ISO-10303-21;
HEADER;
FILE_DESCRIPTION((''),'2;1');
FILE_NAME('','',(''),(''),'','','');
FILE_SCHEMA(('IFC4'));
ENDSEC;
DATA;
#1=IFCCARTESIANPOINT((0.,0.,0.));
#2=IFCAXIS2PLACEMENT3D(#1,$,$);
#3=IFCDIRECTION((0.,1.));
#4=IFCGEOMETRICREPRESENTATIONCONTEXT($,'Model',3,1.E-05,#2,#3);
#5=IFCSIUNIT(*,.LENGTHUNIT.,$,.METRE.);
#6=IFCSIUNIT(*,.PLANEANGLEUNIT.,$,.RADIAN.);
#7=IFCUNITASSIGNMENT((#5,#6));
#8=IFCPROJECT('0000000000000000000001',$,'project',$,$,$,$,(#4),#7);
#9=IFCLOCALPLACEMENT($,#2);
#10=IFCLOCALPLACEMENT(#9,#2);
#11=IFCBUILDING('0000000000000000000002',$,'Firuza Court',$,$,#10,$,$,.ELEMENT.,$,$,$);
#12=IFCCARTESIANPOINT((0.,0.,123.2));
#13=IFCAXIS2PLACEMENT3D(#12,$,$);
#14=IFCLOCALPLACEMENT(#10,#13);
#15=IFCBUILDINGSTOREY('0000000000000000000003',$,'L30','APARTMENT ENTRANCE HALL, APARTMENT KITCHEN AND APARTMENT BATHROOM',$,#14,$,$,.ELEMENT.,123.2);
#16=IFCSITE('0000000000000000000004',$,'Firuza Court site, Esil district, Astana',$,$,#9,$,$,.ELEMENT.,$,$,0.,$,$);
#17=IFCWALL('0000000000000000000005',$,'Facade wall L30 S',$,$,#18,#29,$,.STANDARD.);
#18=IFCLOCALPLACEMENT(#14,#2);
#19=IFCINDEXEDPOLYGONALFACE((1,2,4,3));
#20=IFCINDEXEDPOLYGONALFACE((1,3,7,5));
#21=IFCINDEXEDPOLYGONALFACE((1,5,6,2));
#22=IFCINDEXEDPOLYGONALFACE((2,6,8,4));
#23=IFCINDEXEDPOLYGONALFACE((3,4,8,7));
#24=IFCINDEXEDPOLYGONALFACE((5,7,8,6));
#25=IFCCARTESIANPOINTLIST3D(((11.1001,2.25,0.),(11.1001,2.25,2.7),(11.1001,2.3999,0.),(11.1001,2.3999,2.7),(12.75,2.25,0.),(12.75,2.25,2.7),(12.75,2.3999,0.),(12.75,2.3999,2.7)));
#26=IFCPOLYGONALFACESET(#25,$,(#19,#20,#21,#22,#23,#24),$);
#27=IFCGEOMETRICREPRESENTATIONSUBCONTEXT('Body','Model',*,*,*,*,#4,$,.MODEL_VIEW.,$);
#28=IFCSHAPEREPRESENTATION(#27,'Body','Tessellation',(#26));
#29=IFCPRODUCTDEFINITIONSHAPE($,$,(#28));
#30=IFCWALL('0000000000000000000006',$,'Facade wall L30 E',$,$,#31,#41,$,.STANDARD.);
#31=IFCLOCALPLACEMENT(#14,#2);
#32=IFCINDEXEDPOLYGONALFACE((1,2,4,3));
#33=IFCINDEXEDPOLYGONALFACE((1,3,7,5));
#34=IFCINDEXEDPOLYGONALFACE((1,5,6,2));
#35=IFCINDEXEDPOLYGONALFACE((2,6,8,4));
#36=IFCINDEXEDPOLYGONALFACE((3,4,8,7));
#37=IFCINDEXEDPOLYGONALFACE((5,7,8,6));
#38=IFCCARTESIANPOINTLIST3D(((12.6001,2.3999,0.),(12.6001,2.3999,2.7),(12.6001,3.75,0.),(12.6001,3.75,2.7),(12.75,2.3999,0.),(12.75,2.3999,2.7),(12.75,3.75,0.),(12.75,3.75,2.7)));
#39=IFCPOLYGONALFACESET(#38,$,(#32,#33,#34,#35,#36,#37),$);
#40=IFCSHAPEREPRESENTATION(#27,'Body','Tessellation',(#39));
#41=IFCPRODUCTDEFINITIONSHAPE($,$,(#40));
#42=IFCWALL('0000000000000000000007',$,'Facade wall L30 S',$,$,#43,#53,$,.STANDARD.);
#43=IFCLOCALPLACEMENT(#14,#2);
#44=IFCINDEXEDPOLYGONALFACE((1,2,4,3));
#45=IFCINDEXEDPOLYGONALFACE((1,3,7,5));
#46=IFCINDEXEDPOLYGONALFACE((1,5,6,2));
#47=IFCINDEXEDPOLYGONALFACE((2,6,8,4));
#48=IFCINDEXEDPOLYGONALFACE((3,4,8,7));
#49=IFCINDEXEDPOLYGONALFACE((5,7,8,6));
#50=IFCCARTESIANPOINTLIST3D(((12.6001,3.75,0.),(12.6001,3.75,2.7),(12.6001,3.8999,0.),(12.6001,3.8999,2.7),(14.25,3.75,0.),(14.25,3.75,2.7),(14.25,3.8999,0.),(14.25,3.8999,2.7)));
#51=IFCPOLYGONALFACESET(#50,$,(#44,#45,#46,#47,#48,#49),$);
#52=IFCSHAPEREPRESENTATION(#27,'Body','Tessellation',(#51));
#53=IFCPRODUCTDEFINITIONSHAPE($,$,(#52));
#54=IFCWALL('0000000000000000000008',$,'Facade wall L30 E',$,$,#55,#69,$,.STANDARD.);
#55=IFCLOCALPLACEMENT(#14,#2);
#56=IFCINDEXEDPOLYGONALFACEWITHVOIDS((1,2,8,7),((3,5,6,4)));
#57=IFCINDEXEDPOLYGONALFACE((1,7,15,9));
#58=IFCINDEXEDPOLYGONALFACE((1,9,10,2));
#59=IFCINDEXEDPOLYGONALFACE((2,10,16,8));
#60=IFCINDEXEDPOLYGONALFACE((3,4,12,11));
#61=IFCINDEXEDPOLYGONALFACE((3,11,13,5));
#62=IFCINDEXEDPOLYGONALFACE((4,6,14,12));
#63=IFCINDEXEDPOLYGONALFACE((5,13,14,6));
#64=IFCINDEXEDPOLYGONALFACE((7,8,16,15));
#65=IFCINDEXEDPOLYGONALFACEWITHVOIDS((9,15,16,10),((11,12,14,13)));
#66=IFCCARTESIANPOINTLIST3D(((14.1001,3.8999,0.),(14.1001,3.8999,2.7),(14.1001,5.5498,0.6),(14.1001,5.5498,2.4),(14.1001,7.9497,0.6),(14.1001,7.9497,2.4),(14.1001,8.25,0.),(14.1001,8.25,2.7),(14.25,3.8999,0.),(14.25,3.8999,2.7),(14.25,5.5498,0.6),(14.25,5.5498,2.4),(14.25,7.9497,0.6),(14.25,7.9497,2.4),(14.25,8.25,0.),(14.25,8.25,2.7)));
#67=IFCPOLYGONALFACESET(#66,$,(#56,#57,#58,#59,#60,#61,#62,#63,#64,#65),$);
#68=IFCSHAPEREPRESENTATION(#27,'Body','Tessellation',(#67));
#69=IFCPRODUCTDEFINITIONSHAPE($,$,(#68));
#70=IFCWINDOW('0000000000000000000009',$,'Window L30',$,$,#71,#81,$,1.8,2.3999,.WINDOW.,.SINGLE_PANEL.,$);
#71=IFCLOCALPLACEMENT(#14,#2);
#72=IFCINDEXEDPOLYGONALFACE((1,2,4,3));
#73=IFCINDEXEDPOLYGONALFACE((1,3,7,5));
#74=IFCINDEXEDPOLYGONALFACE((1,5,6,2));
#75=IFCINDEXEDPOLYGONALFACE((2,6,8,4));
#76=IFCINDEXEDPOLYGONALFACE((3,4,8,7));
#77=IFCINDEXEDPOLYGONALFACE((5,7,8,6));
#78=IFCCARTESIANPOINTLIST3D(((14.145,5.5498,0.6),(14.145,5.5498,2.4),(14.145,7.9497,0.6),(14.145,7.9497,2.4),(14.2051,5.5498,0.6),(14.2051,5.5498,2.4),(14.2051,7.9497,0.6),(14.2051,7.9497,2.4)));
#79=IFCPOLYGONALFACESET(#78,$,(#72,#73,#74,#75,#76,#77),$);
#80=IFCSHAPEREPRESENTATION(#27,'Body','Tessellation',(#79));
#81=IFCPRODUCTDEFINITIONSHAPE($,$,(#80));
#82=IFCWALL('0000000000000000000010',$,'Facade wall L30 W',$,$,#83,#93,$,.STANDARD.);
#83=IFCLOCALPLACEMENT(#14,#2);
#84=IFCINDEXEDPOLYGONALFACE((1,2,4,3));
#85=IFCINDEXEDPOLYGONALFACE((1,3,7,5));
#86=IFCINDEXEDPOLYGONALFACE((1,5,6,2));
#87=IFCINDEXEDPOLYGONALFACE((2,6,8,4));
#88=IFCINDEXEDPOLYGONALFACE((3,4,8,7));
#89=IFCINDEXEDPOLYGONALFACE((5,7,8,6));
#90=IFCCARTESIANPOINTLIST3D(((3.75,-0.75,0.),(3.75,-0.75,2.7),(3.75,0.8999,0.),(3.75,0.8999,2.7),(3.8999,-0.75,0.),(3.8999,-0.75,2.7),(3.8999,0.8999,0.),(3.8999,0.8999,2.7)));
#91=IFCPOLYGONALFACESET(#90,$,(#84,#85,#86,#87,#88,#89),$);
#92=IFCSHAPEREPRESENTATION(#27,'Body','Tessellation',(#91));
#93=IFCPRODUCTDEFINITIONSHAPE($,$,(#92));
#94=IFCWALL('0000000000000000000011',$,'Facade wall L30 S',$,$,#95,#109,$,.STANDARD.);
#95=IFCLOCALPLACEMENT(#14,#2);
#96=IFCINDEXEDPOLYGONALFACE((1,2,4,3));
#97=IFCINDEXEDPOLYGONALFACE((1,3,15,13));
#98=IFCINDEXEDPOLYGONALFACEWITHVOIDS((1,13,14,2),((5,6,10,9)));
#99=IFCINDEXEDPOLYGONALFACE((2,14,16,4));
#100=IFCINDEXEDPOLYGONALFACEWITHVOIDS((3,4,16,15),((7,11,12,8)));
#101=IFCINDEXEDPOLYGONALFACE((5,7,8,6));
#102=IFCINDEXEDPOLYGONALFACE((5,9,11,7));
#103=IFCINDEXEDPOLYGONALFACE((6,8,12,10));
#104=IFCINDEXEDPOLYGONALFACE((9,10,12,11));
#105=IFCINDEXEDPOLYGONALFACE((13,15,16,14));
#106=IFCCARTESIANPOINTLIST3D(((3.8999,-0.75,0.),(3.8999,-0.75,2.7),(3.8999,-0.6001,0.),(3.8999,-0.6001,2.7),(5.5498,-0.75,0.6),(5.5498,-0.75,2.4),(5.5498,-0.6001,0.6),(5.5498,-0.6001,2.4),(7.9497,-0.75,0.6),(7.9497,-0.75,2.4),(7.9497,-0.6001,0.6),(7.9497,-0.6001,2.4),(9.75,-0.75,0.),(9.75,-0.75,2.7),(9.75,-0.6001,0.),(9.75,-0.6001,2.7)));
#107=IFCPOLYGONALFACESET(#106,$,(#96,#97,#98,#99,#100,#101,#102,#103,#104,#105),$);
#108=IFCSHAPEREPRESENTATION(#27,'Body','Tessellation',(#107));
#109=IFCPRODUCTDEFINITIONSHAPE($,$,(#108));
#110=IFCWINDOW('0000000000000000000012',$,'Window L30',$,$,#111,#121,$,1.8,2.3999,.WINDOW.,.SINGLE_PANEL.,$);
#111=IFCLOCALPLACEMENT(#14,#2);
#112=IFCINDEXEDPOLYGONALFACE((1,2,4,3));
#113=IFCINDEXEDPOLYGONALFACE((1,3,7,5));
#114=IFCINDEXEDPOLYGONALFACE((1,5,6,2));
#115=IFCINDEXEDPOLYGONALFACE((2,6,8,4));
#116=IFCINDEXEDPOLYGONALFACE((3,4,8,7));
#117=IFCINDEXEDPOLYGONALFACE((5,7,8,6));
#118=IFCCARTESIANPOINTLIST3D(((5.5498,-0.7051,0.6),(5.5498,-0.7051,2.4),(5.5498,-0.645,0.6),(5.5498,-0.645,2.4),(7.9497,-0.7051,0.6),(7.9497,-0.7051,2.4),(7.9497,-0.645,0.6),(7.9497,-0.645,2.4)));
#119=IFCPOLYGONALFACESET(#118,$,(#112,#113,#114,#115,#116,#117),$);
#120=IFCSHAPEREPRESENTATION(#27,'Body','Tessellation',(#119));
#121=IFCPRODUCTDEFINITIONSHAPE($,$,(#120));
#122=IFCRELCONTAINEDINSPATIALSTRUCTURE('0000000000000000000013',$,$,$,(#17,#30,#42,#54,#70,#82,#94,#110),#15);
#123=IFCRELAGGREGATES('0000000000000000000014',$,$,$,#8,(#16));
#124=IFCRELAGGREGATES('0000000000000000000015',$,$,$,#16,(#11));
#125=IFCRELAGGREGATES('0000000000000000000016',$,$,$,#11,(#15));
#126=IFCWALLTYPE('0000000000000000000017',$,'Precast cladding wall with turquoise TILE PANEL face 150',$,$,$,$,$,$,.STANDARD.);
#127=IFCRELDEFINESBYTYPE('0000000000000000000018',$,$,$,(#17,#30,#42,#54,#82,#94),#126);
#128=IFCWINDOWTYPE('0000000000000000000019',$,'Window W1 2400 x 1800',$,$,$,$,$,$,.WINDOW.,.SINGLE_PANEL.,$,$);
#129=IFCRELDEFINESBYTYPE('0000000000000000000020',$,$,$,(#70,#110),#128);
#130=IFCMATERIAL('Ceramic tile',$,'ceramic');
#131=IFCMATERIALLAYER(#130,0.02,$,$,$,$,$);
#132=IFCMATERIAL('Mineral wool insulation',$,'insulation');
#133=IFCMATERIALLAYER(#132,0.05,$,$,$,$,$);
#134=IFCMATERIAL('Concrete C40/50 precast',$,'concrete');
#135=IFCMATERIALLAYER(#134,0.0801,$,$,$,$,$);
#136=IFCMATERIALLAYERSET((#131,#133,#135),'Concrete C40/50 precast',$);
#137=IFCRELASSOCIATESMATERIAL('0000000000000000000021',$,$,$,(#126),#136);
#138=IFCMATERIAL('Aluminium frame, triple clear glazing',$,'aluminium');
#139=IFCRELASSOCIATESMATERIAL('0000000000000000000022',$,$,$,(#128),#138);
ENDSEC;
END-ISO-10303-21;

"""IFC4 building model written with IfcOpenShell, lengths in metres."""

from ifc_helpers import new_model, si_unit, direction, frame, frame_2d, origin, place, context, subcontext, project, spatial, rectangle, extrude, material, layer, layer_set, type_object, element, fill, save


model = new_model("IFC4")

# Units and contexts
model_context = context("Model", 3, precision=1e-05, world=origin(), true_north=direction((0.0, 1.0)))
body_context = subcontext(model_context, "Body", "Model", "MODEL_VIEW")
ifc_project = project(units=[si_unit("LENGTHUNIT", "METRE"), si_unit("PLANEANGLEUNIT", "RADIAN")], contexts=[model_context])

# Site, building, storey
site_placement = place(None, origin())
site = spatial("IfcSite", under=ifc_project, at=site_placement, Name="Firuza Court site, Esil district, Astana", CompositionType="ELEMENT", RefElevation=0.0)
building_placement = place(site_placement, origin())
building = spatial("IfcBuilding", under=site, at=building_placement, Name="Firuza Court", CompositionType="ELEMENT")
storey_placement = place(building_placement, frame((0.0, 0.0, 123.2)))
storey = spatial("IfcBuildingStorey", under=building, at=storey_placement, Name="L30", Description="APARTMENT ENTRANCE HALL, APARTMENT KITCHEN AND APARTMENT BATHROOM", CompositionType="ELEMENT", Elevation=123.2)

# Walls
ifc_material_1 = material(Name="Ceramic tile", Category="ceramic")
ifc_layer_1 = layer(ifc_material_1, 0.02)
ifc_material_2 = material(Name="Mineral wool insulation", Category="insulation")
ifc_layer_2 = layer(ifc_material_2, 0.05)
ifc_material_3 = material(Name="Concrete C40/50 precast", Category="concrete")
ifc_layer_3 = layer(ifc_material_3, 0.0801)
ifc_layer_set_1 = layer_set([ifc_layer_1, ifc_layer_2, ifc_layer_3], Name="Concrete C40/50 precast")
wall_type_1 = type_object("IfcWallType", Name="Precast cladding wall with turquoise TILE PANEL face 150", PredefinedType="STANDARD", material=ifc_layer_set_1)
wall_1_placement = place(storey_placement, frame((11.1001, 2.325, 0.0), z_axis=(0.0, 0.0, 1.0), x_axis=(1.0, 0.0, 0.0)))
element("IfcWall", 1, at=wall_1_placement, inside=storey, type_object=wall_type_1, Name="Facade wall L30 S", PredefinedType="STANDARD", context=body_context, shape_type="SweptSolid", body=[
    extrude(rectangle(XDim=1.6499, YDim=0.1499, at=frame_2d((0.825, 0.0))), origin(), (0.0, 0.0, 1.0), 2.7),
])
wall_2_placement = place(storey_placement, frame((12.675, 2.3999, 0.0), z_axis=(0.0, 0.0, 1.0), x_axis=(0.0, 1.0, 0.0)))
element("IfcWall", 2, at=wall_2_placement, inside=storey, type_object=wall_type_1, Name="Facade wall L30 E", PredefinedType="STANDARD", context=body_context, shape_type="SweptSolid", body=[
    extrude(rectangle(XDim=1.3501, YDim=0.1499, at=frame_2d((0.675, 0.0))), origin(), (0.0, 0.0, 1.0), 2.7),
])
wall_3_placement = place(storey_placement, frame((12.6001, 3.825, 0.0), z_axis=(0.0, 0.0, 1.0), x_axis=(1.0, 0.0, 0.0)))
element("IfcWall", 3, at=wall_3_placement, inside=storey, type_object=wall_type_1, Name="Facade wall L30 S", PredefinedType="STANDARD", context=body_context, shape_type="SweptSolid", body=[
    extrude(rectangle(XDim=1.6499, YDim=0.1499, at=frame_2d((0.825, 0.0))), origin(), (0.0, 0.0, 1.0), 2.7),
])

# Wall, opening, window
wall_4_placement = place(storey_placement, frame((14.175, 3.8999, 0.0), z_axis=(0.0, 0.0, 1.0), x_axis=(0.0, 1.0, 0.0)))
wall_4 = element("IfcWall", 4, at=wall_4_placement, inside=storey, type_object=wall_type_1, Name="Facade wall L30 E", PredefinedType="STANDARD", context=body_context, shape_type="SweptSolid", body=[
    extrude(rectangle(XDim=4.3501, YDim=0.1499, at=frame_2d((2.175, 0.0))), origin(), (0.0, 0.0, 1.0), 2.7),
])
opening_1_placement = place(wall_4_placement, frame((1.6499, 0.0, 0.6001)))
opening_1 = element("IfcOpeningElement", 5, at=opening_1_placement, cuts=wall_4, PredefinedType="OPENING", context=body_context, shape_type="SweptSolid", body=[
    extrude(rectangle(XDim=2.3999, YDim=1.8, at=frame_2d((1.2, 0.8999))), frame((0.0, 0.0869, 0.0), z_axis=(0.0, -1.0, 0.0), x_axis=(1.0, 0.0, 0.0)), (0.0, 0.0, 1.0), 0.1738),
])
ifc_material_4 = material(Name="Aluminium frame, triple clear glazing", Category="aluminium")
window_type = type_object("IfcWindowType", Name="Window W1 2400 x 1800", PartitioningType="SINGLE_PANEL", PredefinedType="WINDOW", material=ifc_material_4)
window_1_placement = place(opening_1_placement, origin())
window_1 = element("IfcWindow", 6, at=window_1_placement, inside=storey, type_object=window_type, Name="Window L30", OverallHeight=1.8, OverallWidth=2.3999, PartitioningType="SINGLE_PANEL", PredefinedType="WINDOW", context=body_context, shape_type="SweptSolid", body=[
    extrude(rectangle(XDim=2.3999, YDim=1.8, at=frame_2d((1.2, 0.8999))), frame((0.0, 0.03, 0.0), z_axis=(0.0, -1.0, 0.0), x_axis=(1.0, 0.0, 0.0)), (0.0, 0.0, 1.0), 0.0601),
])
fill(opening_1, window_1)

# Wall
wall_5_placement = place(storey_placement, frame((3.825, 0.8999, 0.0), z_axis=(0.0, 0.0, 1.0), x_axis=(0.0, -1.0, 0.0)))
element("IfcWall", 7, at=wall_5_placement, inside=storey, type_object=wall_type_1, Name="Facade wall L30 W", PredefinedType="STANDARD", context=body_context, shape_type="SweptSolid", body=[
    extrude(rectangle(XDim=1.6499, YDim=0.1499, at=frame_2d((0.825, 0.0))), origin(), (0.0, 0.0, 1.0), 2.7),
])

# Wall, opening, window
wall_6_placement = place(storey_placement, frame((3.8999, -0.675, 0.0), z_axis=(0.0, 0.0, 1.0), x_axis=(1.0, 0.0, 0.0)))
wall_6 = element("IfcWall", 8, at=wall_6_placement, inside=storey, type_object=wall_type_1, Name="Facade wall L30 S", PredefinedType="STANDARD", context=body_context, shape_type="SweptSolid", body=[
    extrude(rectangle(XDim=5.8501, YDim=0.1499, at=frame_2d((2.925, 0.0))), origin(), (0.0, 0.0, 1.0), 2.7),
])
opening_2_placement = place(wall_6_placement, frame((1.6499, 0.0, 0.6001)))
opening_2 = element("IfcOpeningElement", 9, at=opening_2_placement, cuts=wall_6, PredefinedType="OPENING", context=body_context, shape_type="SweptSolid", body=[
    extrude(rectangle(XDim=2.3999, YDim=1.8, at=frame_2d((1.2, 0.8999))), frame((0.0, 0.0869, 0.0), z_axis=(0.0, -1.0, 0.0), x_axis=(1.0, 0.0, 0.0)), (0.0, 0.0, 1.0), 0.1738),
])
window_2_placement = place(opening_2_placement, origin())
window_2 = element("IfcWindow", 10, at=window_2_placement, inside=storey, type_object=window_type, Name="Window L30", OverallHeight=1.8, OverallWidth=2.3999, PartitioningType="SINGLE_PANEL", PredefinedType="WINDOW", context=body_context, shape_type="SweptSolid", body=[
    extrude(rectangle(XDim=2.3999, YDim=1.8, at=frame_2d((1.2, 0.8999))), frame((0.0, 0.03, 0.0), z_axis=(0.0, -1.0, 0.0), x_axis=(1.0, 0.0, 0.0)), (0.0, 0.0, 1.0), 0.0601),
])
fill(opening_2, window_2)

save(model, "model.ifc")
